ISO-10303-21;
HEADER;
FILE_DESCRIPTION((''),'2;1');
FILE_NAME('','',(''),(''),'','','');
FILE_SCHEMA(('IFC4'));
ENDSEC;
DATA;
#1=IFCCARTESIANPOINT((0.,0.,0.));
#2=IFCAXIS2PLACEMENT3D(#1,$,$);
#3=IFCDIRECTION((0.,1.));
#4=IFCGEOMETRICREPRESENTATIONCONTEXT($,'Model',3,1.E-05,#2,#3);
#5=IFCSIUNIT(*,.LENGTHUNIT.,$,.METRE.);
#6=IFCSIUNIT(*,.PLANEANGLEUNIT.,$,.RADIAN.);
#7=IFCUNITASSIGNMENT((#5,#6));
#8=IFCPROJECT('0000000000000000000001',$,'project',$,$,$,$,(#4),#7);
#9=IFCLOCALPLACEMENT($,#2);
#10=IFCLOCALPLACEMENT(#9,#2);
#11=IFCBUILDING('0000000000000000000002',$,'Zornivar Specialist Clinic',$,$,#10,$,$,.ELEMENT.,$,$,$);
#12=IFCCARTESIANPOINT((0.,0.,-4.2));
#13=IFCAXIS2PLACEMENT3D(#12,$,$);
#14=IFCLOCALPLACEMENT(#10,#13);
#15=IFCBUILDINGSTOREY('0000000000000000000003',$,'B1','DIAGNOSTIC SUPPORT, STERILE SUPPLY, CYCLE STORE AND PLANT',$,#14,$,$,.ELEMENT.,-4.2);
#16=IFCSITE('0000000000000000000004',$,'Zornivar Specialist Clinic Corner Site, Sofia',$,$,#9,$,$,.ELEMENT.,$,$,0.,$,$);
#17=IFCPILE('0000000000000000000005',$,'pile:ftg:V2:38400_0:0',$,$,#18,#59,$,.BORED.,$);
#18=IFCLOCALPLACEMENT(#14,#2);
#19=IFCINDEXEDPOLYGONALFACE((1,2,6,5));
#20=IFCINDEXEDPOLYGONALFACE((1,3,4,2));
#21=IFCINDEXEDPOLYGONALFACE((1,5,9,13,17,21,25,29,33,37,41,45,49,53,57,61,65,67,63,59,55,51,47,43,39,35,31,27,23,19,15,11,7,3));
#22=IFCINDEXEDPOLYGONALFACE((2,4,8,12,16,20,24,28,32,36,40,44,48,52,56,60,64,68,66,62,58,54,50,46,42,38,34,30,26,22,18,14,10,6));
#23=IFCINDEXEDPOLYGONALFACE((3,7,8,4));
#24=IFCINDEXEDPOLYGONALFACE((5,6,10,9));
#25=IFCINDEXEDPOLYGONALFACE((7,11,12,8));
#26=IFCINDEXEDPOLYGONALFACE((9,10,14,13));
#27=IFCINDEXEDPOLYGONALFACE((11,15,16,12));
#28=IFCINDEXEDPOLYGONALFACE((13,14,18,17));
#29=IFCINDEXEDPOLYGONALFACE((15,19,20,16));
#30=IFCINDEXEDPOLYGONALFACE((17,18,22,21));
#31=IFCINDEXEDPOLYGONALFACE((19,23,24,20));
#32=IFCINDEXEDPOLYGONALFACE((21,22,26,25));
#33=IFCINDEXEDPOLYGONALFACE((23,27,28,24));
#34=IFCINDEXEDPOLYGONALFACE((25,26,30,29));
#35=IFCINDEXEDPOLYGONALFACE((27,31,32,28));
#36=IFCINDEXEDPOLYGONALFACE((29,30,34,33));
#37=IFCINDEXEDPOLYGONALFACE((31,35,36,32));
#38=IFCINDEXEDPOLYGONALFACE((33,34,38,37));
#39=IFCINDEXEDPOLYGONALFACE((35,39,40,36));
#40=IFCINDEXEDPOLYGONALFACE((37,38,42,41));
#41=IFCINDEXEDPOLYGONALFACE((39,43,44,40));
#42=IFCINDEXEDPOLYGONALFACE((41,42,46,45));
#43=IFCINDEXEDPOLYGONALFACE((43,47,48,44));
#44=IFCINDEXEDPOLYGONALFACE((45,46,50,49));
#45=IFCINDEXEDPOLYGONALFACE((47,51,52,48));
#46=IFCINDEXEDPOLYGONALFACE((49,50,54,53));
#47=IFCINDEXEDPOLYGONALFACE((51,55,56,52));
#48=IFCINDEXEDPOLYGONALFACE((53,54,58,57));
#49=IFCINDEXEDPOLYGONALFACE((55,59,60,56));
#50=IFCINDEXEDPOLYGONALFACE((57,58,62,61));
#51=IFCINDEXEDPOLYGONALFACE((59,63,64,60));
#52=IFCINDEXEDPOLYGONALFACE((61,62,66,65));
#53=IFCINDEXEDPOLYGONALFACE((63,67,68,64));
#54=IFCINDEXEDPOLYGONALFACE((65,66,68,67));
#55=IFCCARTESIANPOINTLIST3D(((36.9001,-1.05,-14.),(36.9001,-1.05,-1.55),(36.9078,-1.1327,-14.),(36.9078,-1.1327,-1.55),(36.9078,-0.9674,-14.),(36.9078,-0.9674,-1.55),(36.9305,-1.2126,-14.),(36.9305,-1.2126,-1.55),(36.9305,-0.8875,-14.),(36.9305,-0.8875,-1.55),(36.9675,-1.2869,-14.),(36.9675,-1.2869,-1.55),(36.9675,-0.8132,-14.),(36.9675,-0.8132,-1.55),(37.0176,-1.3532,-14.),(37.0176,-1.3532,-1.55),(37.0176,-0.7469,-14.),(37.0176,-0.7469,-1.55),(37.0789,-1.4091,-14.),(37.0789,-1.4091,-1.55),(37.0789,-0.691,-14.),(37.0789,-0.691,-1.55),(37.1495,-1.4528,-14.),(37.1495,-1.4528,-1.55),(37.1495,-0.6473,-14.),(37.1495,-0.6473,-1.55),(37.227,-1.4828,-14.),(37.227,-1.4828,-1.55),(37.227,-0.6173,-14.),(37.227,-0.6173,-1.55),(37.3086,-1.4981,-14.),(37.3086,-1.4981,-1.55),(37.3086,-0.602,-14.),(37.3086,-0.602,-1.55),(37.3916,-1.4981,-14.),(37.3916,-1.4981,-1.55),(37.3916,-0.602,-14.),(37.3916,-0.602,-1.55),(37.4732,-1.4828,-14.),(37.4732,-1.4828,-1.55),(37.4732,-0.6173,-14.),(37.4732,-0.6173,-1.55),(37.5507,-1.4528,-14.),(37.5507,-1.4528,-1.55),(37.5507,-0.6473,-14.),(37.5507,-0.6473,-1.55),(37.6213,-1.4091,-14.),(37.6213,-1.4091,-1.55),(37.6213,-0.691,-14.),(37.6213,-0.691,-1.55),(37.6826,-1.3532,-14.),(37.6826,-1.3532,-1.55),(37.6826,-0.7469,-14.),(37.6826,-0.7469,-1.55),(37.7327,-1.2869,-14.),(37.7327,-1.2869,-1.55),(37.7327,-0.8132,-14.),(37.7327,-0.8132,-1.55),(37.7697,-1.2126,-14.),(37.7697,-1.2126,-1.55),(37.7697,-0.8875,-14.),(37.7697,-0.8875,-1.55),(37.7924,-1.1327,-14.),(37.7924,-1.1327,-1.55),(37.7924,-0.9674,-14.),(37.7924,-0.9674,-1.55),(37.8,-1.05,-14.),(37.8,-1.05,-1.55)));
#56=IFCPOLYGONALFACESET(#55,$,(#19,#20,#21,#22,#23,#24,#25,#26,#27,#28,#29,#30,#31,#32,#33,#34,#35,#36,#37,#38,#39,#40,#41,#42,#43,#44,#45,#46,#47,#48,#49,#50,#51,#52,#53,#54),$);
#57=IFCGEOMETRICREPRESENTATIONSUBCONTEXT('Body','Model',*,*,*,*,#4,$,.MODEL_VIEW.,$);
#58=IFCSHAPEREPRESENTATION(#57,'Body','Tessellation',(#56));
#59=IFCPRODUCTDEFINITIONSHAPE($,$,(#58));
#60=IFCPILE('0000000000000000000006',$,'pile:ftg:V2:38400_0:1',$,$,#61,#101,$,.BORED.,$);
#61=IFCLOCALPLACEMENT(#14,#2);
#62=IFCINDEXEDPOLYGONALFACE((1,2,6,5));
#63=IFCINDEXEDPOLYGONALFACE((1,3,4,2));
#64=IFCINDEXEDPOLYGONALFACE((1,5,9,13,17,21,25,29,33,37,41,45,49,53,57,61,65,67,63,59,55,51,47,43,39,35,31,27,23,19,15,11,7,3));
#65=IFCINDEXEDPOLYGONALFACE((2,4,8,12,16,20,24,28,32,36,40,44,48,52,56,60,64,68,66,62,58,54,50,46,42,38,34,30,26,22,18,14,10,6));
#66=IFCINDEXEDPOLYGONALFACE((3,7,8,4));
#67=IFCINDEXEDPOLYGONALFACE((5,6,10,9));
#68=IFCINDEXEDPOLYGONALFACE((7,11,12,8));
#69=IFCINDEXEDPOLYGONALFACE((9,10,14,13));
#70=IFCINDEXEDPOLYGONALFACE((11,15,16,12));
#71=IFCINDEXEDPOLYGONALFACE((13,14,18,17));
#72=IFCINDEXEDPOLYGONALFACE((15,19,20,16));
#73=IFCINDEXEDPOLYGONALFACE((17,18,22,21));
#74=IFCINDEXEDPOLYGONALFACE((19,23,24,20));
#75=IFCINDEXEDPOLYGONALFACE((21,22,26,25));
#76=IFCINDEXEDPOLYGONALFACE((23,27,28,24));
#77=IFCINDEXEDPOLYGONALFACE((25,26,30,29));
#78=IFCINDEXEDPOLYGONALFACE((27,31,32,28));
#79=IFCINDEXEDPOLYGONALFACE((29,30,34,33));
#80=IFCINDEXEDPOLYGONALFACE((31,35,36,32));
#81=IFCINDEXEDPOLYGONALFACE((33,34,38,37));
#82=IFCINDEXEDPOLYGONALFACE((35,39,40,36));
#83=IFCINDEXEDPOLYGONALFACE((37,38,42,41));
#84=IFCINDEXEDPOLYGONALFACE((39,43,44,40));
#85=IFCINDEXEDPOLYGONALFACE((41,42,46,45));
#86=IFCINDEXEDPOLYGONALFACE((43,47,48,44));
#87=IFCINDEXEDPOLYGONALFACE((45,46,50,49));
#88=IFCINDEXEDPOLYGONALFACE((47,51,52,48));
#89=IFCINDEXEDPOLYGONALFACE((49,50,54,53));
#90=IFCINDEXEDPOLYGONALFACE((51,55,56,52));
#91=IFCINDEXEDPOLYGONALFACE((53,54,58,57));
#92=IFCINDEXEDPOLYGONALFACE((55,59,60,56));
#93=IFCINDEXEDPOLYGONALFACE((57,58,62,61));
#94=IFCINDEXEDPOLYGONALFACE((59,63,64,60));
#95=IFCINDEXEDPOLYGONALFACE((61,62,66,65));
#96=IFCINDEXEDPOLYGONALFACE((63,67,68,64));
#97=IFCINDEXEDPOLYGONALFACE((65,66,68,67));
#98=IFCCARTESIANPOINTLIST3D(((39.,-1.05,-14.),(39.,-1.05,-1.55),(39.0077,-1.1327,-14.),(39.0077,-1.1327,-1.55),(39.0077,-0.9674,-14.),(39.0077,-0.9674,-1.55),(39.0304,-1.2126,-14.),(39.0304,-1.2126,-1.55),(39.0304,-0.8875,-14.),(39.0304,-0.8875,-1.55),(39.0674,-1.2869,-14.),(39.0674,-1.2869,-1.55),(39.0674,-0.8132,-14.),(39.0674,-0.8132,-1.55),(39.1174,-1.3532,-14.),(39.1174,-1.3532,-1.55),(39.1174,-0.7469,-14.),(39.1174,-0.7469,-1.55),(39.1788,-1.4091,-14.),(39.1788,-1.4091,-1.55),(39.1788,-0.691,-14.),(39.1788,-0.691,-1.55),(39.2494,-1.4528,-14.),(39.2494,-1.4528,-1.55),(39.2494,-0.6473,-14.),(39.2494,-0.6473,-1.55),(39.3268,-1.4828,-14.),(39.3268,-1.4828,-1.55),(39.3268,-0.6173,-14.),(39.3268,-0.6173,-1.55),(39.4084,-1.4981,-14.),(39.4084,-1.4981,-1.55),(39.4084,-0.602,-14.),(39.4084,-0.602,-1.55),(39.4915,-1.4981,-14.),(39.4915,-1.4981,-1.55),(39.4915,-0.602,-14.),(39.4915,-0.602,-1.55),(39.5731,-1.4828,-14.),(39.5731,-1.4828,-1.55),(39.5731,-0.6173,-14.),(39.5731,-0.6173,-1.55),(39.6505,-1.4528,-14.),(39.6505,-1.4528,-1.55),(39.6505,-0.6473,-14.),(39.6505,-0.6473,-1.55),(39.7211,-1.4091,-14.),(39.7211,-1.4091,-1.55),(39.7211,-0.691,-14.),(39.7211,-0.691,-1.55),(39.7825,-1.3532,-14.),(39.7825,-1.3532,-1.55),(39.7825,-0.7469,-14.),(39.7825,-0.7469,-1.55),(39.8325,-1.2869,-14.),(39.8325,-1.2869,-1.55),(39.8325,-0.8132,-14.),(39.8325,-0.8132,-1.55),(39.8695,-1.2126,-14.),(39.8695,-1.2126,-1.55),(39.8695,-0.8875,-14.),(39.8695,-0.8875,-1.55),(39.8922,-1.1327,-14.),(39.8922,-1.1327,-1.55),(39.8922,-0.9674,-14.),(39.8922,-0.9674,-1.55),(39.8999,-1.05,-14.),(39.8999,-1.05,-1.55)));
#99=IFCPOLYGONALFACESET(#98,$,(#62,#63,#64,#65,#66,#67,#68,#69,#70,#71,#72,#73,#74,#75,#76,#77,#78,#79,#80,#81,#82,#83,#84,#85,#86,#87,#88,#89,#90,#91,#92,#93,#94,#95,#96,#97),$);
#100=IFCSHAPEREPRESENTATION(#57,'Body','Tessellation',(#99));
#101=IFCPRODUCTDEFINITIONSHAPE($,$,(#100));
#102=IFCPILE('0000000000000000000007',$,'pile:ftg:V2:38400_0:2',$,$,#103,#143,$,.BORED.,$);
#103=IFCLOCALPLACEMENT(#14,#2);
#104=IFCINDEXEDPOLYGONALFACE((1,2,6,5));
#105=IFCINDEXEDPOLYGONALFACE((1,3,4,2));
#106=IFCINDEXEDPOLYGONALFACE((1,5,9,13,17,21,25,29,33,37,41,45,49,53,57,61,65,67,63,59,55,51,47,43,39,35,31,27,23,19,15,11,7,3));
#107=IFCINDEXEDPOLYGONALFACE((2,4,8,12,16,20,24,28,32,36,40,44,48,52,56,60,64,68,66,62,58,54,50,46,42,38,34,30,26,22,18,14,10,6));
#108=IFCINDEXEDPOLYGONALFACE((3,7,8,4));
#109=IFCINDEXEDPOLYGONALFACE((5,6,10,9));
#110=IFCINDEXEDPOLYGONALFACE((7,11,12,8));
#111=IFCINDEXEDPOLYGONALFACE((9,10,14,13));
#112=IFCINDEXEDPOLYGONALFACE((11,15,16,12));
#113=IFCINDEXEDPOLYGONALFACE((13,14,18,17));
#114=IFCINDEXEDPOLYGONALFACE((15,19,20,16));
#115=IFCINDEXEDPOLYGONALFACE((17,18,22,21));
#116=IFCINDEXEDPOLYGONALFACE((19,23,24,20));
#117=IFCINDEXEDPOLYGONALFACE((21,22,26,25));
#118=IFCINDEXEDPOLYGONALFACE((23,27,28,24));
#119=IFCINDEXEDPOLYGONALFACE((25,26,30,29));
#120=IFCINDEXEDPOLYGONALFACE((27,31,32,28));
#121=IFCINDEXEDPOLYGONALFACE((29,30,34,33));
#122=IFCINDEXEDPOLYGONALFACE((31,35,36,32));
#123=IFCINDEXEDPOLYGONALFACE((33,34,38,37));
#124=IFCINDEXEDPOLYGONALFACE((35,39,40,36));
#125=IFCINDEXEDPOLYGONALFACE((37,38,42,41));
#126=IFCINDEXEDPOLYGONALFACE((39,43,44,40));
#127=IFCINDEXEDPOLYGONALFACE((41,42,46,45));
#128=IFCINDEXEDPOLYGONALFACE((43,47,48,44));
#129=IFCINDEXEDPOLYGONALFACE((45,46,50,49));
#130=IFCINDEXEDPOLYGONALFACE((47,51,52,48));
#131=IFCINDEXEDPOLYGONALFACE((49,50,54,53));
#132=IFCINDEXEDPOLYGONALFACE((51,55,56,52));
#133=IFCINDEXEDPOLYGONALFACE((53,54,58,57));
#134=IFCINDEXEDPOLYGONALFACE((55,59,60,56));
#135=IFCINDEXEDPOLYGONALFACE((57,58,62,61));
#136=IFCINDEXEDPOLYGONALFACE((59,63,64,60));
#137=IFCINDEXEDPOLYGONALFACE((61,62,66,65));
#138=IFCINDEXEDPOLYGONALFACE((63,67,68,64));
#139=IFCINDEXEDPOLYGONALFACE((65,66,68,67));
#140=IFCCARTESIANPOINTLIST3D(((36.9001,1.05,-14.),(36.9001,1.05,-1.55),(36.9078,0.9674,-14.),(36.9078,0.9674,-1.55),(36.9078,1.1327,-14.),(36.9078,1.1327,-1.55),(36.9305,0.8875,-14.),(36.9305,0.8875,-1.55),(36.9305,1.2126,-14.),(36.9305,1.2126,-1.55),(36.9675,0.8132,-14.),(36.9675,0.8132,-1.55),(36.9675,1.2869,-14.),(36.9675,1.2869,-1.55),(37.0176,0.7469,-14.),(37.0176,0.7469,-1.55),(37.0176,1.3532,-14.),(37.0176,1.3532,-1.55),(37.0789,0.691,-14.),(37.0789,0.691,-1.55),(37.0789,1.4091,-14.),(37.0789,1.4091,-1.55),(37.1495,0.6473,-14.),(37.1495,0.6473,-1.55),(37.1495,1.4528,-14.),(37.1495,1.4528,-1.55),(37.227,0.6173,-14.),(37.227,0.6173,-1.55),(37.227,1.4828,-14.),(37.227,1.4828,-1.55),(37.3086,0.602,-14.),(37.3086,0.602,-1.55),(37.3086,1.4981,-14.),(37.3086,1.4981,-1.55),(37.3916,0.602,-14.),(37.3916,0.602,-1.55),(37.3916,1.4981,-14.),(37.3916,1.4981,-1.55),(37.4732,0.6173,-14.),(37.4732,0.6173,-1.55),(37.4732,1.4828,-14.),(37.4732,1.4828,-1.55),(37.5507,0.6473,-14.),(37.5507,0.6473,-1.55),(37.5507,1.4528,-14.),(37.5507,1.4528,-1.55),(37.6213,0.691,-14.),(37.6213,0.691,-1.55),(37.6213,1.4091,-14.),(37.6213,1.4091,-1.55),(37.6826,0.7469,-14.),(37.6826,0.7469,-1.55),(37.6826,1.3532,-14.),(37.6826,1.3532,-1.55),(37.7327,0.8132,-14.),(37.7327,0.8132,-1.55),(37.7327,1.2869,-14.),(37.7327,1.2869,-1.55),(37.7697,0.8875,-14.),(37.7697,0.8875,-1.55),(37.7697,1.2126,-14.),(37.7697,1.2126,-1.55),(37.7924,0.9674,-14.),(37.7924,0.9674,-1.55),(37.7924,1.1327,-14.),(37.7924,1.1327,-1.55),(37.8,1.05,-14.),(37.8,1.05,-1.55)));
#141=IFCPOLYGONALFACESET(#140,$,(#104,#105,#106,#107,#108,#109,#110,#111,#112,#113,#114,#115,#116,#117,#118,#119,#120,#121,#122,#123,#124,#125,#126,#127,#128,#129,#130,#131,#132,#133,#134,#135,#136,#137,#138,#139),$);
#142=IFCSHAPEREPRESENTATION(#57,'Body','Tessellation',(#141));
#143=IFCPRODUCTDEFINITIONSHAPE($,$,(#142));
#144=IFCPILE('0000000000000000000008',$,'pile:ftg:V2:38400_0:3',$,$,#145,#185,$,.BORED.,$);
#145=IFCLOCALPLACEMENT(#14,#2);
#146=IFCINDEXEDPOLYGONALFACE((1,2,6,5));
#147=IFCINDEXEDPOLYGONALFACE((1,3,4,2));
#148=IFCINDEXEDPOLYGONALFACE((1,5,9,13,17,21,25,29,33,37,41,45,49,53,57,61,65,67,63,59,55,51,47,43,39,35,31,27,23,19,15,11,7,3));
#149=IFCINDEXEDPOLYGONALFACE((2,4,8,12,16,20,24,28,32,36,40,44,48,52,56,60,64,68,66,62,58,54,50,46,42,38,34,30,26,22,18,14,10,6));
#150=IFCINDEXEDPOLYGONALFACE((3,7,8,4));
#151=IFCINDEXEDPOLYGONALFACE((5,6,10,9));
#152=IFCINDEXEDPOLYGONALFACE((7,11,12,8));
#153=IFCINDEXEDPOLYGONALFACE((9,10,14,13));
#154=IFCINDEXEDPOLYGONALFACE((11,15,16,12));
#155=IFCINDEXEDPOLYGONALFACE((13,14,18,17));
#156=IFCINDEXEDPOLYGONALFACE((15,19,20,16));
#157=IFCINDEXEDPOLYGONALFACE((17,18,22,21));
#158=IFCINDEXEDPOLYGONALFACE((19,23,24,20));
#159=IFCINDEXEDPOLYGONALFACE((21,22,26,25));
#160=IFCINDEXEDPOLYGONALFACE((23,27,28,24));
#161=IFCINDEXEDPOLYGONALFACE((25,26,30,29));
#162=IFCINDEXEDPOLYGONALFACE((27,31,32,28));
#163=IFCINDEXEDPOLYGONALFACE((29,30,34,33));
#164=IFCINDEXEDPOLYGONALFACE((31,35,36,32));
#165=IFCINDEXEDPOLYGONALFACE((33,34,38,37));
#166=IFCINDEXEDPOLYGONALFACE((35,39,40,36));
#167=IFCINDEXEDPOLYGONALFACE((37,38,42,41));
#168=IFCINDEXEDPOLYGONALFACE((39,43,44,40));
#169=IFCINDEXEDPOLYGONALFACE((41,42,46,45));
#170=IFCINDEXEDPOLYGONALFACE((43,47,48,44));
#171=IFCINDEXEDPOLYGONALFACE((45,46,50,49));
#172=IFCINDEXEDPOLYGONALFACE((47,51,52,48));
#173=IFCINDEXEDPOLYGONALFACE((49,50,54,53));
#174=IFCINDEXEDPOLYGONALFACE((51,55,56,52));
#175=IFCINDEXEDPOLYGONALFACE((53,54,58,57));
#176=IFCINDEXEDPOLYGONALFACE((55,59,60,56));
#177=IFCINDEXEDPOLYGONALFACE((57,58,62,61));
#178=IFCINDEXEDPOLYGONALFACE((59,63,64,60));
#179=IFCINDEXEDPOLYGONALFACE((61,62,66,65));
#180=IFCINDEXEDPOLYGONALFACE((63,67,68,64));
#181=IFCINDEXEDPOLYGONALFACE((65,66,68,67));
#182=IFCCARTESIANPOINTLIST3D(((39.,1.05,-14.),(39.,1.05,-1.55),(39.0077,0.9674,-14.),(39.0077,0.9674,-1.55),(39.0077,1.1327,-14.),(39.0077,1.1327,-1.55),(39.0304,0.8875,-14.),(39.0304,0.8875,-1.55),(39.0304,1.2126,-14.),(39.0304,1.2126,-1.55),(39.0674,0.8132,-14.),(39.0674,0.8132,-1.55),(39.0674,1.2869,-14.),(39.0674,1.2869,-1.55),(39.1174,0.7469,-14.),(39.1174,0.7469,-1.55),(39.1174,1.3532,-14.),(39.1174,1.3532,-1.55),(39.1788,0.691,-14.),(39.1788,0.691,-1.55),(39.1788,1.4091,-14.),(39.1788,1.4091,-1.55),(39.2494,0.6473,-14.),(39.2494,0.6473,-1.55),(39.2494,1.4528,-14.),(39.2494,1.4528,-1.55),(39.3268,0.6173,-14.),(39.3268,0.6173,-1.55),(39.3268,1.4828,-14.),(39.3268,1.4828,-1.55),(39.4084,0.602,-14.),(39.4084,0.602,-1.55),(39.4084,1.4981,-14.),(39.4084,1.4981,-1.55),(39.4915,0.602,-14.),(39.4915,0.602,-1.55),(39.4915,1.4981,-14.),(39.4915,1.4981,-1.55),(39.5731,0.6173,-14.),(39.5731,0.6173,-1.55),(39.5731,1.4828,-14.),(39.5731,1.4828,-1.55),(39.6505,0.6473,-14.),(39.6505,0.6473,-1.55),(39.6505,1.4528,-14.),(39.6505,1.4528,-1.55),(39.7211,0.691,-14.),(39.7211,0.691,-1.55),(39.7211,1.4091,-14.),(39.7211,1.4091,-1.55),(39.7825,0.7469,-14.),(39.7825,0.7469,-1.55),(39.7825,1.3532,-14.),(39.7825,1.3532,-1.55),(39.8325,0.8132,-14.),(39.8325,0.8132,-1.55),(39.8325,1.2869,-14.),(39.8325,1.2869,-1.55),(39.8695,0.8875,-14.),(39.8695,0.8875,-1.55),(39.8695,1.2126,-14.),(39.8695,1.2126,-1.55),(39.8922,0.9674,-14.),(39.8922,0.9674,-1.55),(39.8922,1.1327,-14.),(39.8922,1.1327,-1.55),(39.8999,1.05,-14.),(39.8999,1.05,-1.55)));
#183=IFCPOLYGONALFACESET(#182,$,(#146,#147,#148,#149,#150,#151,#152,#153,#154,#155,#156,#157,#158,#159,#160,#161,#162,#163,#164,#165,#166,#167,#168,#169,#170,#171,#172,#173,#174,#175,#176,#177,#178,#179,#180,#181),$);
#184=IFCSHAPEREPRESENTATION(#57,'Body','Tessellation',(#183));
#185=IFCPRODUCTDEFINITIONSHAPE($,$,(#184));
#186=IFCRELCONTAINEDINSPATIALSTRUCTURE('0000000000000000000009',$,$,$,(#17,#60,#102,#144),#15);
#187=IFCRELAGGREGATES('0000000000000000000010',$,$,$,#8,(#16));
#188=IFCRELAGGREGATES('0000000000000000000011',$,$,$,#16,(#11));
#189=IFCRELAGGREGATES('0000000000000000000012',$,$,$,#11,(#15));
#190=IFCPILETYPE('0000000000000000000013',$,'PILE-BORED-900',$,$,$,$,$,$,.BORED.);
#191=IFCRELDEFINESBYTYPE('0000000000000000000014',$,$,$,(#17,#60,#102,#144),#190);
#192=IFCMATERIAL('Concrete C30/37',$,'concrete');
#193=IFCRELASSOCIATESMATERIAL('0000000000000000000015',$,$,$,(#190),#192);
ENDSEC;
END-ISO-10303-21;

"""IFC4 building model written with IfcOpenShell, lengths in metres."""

from ifc_helpers import new_model, si_unit, direction, frame, origin, origin_2d, place, context, subcontext, project, spatial, circle, extrude, material, material_profile, profile_set, type_object, element, save


model = new_model("IFC4")

# Units and contexts
model_context = context("Model", 3, precision=1e-05, world=origin(), true_north=direction((0.0, 1.0)))
body_context = subcontext(model_context, "Body", "Model", "MODEL_VIEW")
ifc_project = project(units=[si_unit("LENGTHUNIT", "METRE"), si_unit("PLANEANGLEUNIT", "RADIAN")], contexts=[model_context])

# Site, building, storey
site_placement = place(None, origin())
site = spatial("IfcSite", under=ifc_project, at=site_placement, Name="Zornivar Specialist Clinic Corner Site, Sofia", CompositionType="ELEMENT", RefElevation=0.0)
building_placement = place(site_placement, origin())
building = spatial("IfcBuilding", under=site, at=building_placement, Name="Zornivar Specialist Clinic", CompositionType="ELEMENT")
storey_placement = place(building_placement, frame((0.0, 0.0, -4.2)))
storey = spatial("IfcBuildingStorey", under=building, at=storey_placement, Name="B1", Description="DIAGNOSTIC SUPPORT, STERILE SUPPLY, CYCLE STORE AND PLANT", CompositionType="ELEMENT", Elevation=-4.2)

# Piles
ifc_material_1 = material(Name="Concrete C30/37", Category="concrete")
ifc_material_profile_1 = material_profile(ifc_material_1, circle(Radius=0.45, at=origin_2d()), Name="PILE D900")
ifc_profile_set_1 = profile_set([ifc_material_profile_1], Name="Concrete C30/37")
pile_type = type_object("IfcPileType", Name="PILE-BORED-900", PredefinedType="BORED", material=ifc_profile_set_1)
for number, where, z_axis, x_axis, name in (
    (1, (37.3501, -1.05, -1.55), (0.0, 0.0, -1.0), (1.0, 0.0, 0.0), "pile:ftg:V2:38400_0:0"),
    (2, (39.45, -1.05, -1.55), (0.0, 0.0, -1.0), (1.0, 0.0, 0.0), "pile:ftg:V2:38400_0:1"),
    (3, (37.3501, 1.05, -1.55), (0.0, 0.0, -1.0), (1.0, 0.0, 0.0), "pile:ftg:V2:38400_0:2"),
    (4, (39.45, 1.05, -1.55), (0.0, 0.0, -1.0), (1.0, 0.0, 0.0), "pile:ftg:V2:38400_0:3"),
):
    element("IfcPile", number, at=place(storey_placement, frame(where, z_axis=z_axis, x_axis=x_axis)), inside=storey, type_object=pile_type, Name=name, PredefinedType="BORED", context=body_context, shape_type="SweptSolid", body=[
        extrude(circle(Radius=0.45, at=origin_2d()), origin(), (0.0, 0.0, 1.0), 12.45),
    ])

save(model, "model.ifc")
